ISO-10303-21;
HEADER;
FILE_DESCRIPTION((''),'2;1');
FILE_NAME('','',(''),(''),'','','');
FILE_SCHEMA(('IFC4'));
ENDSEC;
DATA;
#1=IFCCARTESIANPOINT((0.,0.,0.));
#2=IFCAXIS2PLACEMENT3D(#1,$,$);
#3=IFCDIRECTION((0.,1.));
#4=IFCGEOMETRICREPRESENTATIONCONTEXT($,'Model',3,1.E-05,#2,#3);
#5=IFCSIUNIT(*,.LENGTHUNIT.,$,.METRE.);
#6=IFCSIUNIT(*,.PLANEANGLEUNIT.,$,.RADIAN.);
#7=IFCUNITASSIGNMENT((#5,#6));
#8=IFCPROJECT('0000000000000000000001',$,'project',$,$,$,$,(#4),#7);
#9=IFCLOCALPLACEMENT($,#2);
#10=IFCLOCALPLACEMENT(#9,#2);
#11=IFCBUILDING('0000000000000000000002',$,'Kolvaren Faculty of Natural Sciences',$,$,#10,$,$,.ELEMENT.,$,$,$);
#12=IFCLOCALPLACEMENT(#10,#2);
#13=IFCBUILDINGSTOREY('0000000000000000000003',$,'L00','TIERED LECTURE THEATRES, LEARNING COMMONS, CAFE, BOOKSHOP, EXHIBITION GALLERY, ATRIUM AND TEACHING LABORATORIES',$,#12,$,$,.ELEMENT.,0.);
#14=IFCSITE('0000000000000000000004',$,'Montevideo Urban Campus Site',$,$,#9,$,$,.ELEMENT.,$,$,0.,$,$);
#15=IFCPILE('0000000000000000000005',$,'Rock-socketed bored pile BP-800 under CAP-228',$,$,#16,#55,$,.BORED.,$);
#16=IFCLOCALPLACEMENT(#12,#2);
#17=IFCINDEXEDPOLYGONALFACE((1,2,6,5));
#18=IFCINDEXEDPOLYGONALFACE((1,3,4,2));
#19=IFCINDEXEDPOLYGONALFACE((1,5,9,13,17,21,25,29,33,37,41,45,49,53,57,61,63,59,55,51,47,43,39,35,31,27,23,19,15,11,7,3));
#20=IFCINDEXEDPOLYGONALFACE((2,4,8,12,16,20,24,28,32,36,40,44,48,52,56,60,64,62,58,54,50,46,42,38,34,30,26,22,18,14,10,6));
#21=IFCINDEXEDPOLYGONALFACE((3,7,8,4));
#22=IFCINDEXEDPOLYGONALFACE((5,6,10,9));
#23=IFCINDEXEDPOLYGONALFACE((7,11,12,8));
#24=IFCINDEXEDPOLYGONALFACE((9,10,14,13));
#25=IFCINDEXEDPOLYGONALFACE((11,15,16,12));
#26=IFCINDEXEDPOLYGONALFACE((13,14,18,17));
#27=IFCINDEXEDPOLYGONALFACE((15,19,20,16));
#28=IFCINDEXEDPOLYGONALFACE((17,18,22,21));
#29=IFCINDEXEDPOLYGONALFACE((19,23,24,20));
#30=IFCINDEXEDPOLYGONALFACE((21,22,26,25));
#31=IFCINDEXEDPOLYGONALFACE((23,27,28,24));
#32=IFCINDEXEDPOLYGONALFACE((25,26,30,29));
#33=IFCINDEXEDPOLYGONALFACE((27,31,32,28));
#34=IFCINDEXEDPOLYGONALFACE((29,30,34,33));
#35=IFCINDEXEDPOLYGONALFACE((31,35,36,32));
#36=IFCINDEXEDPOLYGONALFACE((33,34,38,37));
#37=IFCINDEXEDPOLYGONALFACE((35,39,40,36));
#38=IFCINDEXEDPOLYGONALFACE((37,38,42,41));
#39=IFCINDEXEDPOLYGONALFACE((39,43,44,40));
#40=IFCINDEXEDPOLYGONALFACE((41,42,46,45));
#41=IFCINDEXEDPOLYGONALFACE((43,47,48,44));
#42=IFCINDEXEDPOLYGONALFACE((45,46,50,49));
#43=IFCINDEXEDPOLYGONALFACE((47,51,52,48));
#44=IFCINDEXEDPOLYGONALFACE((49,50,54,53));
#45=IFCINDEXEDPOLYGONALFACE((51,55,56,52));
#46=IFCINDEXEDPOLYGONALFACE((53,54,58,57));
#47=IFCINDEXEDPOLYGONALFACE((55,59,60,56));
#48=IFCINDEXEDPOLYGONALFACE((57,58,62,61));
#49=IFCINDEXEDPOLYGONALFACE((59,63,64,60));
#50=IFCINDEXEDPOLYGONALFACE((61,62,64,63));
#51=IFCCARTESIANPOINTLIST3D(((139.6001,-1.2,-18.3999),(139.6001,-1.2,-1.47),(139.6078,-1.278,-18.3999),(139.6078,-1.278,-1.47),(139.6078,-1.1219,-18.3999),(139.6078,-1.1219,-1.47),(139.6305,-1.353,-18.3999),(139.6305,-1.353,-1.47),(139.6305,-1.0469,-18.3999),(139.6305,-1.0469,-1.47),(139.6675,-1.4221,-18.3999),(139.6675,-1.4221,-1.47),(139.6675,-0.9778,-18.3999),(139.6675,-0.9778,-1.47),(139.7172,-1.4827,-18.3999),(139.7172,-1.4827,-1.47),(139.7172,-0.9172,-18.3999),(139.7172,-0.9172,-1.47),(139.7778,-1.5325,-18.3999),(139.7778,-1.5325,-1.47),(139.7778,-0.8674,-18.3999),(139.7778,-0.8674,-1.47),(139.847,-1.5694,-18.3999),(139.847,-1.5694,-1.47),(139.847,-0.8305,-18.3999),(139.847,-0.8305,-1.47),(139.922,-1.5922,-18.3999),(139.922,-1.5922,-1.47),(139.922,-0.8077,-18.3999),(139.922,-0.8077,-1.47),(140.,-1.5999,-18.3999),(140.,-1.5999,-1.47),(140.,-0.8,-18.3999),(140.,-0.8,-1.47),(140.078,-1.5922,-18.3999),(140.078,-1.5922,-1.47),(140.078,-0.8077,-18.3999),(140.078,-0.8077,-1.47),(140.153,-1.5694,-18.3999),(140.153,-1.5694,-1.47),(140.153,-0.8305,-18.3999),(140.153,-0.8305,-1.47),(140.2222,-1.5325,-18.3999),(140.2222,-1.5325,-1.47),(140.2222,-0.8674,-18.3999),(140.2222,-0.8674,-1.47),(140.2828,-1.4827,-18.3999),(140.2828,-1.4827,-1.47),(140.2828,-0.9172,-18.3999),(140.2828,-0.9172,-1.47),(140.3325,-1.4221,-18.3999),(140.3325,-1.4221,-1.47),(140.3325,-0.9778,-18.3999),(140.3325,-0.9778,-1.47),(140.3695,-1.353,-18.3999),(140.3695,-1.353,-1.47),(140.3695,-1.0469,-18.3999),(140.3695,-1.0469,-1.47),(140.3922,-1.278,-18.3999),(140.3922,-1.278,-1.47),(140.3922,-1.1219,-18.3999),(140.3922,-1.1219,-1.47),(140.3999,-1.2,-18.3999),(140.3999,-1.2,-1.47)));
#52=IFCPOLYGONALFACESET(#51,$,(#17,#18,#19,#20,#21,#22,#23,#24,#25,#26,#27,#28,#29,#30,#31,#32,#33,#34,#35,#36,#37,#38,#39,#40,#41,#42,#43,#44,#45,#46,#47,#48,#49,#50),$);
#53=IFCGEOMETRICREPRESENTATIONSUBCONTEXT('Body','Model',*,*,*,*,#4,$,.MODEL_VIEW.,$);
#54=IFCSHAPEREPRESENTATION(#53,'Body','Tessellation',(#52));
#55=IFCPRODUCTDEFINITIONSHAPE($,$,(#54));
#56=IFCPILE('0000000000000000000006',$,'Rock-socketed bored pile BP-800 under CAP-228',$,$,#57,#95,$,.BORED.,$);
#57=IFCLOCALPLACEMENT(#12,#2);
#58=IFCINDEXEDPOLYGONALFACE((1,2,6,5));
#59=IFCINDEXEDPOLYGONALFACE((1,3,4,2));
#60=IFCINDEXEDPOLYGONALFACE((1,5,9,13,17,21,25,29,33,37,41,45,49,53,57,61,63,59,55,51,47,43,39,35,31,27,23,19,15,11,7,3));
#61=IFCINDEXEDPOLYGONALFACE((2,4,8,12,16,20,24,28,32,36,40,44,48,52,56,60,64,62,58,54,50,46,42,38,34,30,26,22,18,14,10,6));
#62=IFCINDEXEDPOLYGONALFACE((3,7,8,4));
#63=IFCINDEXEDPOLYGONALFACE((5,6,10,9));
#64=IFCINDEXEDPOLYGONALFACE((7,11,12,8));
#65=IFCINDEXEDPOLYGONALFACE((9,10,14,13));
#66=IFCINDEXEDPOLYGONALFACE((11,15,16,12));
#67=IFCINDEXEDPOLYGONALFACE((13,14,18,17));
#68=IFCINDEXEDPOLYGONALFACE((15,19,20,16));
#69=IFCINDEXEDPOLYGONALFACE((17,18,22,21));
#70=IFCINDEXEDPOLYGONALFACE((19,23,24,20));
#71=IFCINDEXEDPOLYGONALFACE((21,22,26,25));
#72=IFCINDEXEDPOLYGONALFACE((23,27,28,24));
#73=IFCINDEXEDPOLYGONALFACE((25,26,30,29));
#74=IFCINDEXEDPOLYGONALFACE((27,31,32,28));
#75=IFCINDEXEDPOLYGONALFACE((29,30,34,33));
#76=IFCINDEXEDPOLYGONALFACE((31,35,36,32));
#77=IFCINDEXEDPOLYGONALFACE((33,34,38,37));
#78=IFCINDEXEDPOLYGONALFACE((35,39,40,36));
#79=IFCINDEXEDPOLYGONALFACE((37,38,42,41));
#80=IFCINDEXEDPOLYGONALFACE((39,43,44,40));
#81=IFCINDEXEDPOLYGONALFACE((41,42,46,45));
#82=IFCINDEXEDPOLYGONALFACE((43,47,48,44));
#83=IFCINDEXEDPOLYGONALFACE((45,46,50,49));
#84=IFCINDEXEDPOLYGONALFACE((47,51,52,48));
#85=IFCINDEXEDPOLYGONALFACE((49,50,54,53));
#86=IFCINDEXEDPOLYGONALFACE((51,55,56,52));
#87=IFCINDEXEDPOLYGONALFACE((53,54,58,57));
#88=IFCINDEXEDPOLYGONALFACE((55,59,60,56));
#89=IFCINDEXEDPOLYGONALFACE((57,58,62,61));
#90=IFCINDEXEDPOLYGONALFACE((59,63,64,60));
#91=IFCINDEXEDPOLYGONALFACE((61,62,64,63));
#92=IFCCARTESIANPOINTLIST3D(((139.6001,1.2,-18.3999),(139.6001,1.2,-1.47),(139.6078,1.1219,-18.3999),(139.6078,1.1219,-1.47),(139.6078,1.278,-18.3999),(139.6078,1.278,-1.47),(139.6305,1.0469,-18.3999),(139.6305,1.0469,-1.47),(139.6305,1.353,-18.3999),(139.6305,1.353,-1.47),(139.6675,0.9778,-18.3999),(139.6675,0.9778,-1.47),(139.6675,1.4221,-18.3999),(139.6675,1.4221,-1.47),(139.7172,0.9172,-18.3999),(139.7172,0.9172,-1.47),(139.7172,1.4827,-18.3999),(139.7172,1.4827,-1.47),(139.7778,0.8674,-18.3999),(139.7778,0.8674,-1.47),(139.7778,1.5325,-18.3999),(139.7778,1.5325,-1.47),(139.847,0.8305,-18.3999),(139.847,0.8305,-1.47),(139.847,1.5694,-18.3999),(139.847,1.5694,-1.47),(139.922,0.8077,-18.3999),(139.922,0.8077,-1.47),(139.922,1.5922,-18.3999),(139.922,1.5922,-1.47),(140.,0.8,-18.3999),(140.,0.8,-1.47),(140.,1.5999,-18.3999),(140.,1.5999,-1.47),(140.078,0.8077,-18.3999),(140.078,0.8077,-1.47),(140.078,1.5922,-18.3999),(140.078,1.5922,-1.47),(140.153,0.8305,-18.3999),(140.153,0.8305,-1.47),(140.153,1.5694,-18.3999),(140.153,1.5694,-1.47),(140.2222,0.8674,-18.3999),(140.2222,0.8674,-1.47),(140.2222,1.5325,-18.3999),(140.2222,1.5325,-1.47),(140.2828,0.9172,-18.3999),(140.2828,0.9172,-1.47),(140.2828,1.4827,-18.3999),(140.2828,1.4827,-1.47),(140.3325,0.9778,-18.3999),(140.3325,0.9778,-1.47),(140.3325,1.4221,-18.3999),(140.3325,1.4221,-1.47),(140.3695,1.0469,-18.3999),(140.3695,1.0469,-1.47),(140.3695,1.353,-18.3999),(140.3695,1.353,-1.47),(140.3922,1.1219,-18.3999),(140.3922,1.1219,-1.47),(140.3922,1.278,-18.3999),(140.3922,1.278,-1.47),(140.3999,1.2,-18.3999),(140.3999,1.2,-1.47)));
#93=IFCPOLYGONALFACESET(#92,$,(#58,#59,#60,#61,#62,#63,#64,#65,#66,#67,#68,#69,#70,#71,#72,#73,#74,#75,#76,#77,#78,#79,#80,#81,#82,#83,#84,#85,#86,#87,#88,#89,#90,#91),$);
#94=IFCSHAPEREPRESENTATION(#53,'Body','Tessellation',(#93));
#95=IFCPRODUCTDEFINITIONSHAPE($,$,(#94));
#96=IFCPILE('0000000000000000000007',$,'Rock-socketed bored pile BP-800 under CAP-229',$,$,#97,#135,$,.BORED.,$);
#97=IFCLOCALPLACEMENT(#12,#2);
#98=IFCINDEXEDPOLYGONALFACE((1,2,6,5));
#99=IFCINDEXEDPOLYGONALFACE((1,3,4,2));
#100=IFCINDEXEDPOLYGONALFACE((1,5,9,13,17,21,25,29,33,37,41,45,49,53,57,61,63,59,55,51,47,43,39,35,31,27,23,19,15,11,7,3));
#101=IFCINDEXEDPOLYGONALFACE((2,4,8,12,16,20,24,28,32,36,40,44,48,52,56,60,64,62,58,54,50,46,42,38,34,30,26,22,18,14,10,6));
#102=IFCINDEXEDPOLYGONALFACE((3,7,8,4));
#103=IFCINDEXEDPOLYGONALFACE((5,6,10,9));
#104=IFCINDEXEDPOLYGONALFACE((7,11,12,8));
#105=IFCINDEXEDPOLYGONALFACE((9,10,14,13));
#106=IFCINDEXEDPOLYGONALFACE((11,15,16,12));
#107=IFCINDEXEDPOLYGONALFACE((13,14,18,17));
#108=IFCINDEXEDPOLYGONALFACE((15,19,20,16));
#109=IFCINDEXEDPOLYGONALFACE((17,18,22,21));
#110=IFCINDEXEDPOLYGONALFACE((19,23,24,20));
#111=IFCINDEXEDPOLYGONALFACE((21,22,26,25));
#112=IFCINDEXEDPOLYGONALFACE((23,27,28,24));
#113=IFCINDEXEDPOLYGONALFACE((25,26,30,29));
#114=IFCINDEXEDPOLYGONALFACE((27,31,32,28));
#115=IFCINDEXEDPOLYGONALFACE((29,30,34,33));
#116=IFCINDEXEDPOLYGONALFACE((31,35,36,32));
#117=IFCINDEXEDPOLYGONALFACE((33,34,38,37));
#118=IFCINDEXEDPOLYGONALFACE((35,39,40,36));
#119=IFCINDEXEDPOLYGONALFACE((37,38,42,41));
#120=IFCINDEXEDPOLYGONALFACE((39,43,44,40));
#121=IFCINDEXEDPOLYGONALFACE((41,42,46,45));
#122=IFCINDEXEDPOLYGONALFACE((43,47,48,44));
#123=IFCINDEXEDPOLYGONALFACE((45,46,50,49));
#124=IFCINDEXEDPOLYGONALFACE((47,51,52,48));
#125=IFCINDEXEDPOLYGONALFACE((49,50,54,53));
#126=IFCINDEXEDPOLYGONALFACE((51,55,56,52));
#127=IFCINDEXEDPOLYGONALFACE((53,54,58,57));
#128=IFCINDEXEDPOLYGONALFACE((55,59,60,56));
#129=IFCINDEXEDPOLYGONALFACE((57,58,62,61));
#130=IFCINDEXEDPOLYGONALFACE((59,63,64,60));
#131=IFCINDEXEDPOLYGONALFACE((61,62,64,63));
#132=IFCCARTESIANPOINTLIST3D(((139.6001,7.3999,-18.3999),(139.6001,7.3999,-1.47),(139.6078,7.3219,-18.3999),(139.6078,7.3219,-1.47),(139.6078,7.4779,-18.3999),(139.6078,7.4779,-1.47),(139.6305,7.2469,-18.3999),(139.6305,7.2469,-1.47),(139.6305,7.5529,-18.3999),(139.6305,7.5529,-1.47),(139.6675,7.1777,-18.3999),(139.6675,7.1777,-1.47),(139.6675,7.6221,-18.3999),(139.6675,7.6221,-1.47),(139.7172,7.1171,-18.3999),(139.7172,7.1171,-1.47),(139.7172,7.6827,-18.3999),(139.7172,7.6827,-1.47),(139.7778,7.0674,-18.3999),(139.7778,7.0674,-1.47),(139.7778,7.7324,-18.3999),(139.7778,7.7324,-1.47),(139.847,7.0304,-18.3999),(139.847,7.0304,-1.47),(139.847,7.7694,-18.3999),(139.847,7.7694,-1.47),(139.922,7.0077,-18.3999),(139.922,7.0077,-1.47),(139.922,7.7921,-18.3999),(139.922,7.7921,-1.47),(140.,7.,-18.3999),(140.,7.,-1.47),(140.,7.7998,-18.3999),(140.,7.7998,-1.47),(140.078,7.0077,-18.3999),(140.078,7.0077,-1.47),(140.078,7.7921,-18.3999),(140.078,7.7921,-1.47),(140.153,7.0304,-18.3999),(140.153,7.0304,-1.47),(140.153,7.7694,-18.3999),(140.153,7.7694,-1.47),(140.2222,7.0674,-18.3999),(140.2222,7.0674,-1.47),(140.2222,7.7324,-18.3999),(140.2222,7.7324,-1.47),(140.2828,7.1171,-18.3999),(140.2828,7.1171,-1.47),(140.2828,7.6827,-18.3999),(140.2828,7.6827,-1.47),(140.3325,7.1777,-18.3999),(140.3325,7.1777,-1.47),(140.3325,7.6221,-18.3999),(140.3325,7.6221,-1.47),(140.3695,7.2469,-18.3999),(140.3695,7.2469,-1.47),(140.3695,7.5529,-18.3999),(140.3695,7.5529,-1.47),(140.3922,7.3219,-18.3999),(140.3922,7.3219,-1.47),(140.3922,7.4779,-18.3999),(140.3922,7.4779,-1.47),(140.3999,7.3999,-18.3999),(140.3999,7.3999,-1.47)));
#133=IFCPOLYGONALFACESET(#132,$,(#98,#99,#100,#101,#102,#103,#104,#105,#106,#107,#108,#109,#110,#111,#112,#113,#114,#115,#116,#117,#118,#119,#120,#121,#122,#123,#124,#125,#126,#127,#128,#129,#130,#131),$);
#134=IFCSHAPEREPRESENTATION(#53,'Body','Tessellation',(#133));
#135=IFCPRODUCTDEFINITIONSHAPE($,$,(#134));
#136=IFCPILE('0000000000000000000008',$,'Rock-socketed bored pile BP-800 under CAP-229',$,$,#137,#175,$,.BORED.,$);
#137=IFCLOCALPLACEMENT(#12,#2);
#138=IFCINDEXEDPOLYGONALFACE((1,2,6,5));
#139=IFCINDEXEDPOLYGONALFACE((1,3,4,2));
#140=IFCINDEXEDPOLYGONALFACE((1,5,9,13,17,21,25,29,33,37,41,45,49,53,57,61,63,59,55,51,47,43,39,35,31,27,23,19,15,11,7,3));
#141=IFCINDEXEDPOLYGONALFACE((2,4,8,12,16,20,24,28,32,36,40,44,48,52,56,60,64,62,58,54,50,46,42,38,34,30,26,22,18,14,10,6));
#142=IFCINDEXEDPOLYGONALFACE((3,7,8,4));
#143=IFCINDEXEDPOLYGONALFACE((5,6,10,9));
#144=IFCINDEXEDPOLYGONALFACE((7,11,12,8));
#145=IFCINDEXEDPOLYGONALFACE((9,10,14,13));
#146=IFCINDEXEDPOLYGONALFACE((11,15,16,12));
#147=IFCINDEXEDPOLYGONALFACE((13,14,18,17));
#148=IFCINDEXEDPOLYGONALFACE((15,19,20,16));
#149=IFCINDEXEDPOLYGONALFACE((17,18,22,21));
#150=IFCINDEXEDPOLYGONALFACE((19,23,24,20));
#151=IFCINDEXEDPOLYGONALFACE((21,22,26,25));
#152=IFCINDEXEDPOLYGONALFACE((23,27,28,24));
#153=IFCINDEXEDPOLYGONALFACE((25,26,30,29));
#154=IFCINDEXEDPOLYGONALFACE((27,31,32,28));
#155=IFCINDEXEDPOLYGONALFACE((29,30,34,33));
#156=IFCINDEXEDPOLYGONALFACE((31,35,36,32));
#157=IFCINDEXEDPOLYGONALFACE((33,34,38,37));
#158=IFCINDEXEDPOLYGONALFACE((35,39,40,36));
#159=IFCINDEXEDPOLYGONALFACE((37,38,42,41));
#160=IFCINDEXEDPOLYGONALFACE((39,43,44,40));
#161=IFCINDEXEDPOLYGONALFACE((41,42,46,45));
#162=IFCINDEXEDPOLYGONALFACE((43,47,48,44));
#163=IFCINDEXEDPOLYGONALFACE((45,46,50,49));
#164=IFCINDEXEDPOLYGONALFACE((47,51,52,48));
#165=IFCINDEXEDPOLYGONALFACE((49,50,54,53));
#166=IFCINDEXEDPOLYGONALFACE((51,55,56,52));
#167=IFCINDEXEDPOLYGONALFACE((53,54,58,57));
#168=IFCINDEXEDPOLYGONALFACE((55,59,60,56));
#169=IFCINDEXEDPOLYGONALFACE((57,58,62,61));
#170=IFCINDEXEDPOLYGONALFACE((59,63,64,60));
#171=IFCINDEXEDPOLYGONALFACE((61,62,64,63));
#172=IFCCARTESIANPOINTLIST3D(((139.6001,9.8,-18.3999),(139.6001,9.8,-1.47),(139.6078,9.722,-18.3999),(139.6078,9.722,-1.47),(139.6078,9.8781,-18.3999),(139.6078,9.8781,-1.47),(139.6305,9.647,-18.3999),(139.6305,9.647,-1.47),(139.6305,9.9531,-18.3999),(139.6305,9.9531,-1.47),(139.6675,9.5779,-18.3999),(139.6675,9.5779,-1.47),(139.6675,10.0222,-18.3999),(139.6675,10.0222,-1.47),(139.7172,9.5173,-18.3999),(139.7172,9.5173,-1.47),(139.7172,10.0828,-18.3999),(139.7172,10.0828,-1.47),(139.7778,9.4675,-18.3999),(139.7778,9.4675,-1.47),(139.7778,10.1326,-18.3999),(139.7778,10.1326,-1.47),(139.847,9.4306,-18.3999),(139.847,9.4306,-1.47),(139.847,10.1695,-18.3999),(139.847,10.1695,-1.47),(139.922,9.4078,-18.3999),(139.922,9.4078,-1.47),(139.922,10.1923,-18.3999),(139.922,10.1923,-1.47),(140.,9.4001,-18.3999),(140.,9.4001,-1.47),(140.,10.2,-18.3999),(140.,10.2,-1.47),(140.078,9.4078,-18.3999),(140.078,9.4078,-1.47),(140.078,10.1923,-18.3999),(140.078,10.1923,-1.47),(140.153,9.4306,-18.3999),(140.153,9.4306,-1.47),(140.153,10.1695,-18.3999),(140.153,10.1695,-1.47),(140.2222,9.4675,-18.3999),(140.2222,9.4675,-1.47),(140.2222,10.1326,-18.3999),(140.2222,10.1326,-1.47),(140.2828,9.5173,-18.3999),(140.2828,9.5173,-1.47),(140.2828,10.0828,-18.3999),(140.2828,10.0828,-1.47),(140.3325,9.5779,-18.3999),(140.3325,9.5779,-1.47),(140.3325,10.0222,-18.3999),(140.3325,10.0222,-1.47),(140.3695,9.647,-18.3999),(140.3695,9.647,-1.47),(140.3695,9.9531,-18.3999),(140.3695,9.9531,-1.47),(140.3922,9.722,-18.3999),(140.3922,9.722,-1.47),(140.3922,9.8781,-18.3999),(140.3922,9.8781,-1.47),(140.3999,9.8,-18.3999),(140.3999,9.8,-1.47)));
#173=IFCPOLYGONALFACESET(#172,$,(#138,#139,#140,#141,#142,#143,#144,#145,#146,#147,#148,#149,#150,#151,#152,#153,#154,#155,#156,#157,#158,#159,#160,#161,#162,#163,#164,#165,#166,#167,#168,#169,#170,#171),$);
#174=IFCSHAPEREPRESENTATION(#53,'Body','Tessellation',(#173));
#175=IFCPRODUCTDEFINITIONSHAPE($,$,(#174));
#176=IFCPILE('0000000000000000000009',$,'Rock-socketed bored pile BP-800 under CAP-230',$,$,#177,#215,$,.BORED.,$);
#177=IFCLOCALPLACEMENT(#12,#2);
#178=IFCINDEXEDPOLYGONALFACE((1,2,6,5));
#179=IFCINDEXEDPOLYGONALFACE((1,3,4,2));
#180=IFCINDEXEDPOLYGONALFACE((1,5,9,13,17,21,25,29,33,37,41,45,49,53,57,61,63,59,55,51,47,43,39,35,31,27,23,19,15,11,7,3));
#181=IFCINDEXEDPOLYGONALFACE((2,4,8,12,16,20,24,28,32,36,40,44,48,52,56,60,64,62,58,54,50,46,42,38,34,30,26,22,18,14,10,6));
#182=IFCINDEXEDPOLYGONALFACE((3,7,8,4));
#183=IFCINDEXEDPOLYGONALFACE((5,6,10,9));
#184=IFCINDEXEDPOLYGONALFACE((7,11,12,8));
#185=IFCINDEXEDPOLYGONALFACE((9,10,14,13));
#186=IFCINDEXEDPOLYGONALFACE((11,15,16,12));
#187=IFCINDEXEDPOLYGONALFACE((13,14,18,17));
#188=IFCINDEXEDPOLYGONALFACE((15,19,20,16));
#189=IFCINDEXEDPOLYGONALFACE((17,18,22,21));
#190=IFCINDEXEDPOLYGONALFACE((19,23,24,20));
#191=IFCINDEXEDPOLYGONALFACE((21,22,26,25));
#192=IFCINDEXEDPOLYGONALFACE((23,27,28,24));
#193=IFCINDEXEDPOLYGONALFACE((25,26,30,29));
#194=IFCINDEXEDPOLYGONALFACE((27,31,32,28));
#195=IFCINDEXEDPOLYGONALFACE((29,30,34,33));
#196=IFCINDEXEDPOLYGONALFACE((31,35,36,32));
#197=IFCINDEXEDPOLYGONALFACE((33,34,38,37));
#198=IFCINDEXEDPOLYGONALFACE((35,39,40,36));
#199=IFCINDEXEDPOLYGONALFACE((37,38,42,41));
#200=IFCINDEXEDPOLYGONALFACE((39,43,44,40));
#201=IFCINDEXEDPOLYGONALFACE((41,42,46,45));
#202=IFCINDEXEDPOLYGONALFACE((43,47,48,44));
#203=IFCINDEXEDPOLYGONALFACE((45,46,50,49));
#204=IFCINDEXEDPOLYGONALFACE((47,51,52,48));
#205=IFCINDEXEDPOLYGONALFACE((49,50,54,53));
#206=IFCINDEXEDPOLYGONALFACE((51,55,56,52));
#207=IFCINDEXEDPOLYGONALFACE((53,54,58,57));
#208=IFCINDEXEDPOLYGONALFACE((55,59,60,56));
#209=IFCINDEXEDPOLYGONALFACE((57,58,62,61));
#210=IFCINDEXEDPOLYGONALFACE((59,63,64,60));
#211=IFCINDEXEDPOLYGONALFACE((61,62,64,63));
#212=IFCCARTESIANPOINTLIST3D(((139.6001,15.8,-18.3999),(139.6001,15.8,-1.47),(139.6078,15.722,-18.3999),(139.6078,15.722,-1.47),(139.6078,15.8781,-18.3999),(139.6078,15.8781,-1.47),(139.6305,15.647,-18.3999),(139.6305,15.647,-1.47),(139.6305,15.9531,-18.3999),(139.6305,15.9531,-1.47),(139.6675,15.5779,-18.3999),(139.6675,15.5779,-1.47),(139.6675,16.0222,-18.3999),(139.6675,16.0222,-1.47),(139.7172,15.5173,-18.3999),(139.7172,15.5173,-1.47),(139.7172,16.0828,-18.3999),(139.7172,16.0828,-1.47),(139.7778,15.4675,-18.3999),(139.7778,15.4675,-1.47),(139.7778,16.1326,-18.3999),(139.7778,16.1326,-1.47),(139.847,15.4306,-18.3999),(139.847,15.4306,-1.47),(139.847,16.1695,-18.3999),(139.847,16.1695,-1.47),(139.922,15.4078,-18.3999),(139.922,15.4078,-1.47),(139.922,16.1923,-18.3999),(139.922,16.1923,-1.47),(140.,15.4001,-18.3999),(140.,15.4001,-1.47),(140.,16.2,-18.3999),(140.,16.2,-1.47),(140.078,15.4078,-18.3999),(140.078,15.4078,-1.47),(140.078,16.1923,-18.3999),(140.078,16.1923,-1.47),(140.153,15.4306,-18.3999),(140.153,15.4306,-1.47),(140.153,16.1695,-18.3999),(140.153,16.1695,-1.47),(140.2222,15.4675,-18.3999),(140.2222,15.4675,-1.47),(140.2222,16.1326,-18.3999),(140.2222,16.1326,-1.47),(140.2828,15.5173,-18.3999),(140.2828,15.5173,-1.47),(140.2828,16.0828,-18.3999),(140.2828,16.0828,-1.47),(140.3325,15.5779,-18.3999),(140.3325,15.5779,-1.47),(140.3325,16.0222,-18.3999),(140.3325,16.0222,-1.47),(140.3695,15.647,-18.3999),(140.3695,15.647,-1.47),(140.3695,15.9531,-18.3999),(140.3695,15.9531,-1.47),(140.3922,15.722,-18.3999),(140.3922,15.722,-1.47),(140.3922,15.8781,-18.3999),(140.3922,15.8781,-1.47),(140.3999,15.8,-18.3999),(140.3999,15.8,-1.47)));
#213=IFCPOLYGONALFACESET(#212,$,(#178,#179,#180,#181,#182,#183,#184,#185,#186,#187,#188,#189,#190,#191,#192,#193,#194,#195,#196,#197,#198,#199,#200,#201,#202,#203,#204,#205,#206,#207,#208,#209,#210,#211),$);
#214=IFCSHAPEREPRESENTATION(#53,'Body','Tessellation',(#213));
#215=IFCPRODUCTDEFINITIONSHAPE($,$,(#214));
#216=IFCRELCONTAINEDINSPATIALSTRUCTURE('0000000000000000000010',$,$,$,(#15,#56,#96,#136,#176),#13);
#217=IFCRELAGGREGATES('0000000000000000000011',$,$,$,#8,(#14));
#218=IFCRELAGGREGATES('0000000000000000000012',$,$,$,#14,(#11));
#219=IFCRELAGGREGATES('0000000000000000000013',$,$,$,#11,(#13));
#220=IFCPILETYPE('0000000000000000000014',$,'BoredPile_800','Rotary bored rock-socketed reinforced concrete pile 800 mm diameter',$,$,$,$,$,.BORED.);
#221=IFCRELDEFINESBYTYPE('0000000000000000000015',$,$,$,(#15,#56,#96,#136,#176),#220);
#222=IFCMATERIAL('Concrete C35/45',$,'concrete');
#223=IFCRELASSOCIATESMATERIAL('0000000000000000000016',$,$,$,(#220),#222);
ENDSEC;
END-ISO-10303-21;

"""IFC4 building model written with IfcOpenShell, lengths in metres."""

from ifc_helpers import new_model, si_unit, direction, frame, origin, origin_2d, place, context, subcontext, project, spatial, circle, extrude, material, material_profile, profile_set, type_object, element, save


model = new_model("IFC4")

# Units and contexts
model_context = context("Model", 3, precision=1e-05, world=origin(), true_north=direction((0.0, 1.0)))
body_context = subcontext(model_context, "Body", "Model", "MODEL_VIEW")
ifc_project = project(units=[si_unit("LENGTHUNIT", "METRE"), si_unit("PLANEANGLEUNIT", "RADIAN")], contexts=[model_context])

# Site, building, storey
site_placement = place(None, origin())
site = spatial("IfcSite", under=ifc_project, at=site_placement, Name="Montevideo Urban Campus Site", CompositionType="ELEMENT", RefElevation=0.0)
building_placement = place(site_placement, origin())
building = spatial("IfcBuilding", under=site, at=building_placement, Name="Kolvaren Faculty of Natural Sciences", CompositionType="ELEMENT")
storey_placement = place(building_placement, origin())
storey = spatial("IfcBuildingStorey", under=building, at=storey_placement, Name="L00", Description="TIERED LECTURE THEATRES, LEARNING COMMONS, CAFE, BOOKSHOP, EXHIBITION GALLERY, ATRIUM AND TEACHING LABORATORIES", CompositionType="ELEMENT", Elevation=0.0)

# Piles
ifc_material_1 = material(Name="Concrete C35/45", Category="concrete")
ifc_material_profile_1 = material_profile(ifc_material_1, circle(Radius=0.3999, at=origin_2d()), Name="PILE D800")
ifc_profile_set_1 = profile_set([ifc_material_profile_1], Name="Concrete C35/45")
pile_type_1 = type_object("IfcPileType", Name="BoredPile_800", Description="Rotary bored rock-socketed reinforced concrete pile 800 mm diameter", PredefinedType="BORED", material=ifc_profile_set_1)
for number, where, z_axis, x_axis, name in (
    (1, (140.0, -1.2, -1.47), (0.0, 0.0, -1.0), (1.0, 0.0, 0.0), "Rock-socketed bored pile BP-800 under CAP-228"),
    (2, (140.0, 1.2, -1.47), (0.0, 0.0, -1.0), (1.0, 0.0, 0.0), "Rock-socketed bored pile BP-800 under CAP-228"),
    (3, (140.0, 7.3999, -1.47), (0.0, 0.0, -1.0), (1.0, 0.0, 0.0), "Rock-socketed bored pile BP-800 under CAP-229"),
    (4, (140.0, 9.8, -1.47), (0.0, 0.0, -1.0), (1.0, 0.0, 0.0), "Rock-socketed bored pile BP-800 under CAP-229"),
    (5, (140.0, 15.8, -1.47), (0.0, 0.0, -1.0), (1.0, 0.0, 0.0), "Rock-socketed bored pile BP-800 under CAP-230"),
):
    element("IfcPile", number, at=place(storey_placement, frame(where, z_axis=z_axis, x_axis=x_axis)), inside=storey, type_object=pile_type_1, Name=name, PredefinedType="BORED", context=body_context, shape_type="SweptSolid", body=[
        extrude(circle(Radius=0.3999, at=origin_2d()), origin(), (0.0, 0.0, 1.0), 16.9299),
    ])

save(model, "model.ifc")
